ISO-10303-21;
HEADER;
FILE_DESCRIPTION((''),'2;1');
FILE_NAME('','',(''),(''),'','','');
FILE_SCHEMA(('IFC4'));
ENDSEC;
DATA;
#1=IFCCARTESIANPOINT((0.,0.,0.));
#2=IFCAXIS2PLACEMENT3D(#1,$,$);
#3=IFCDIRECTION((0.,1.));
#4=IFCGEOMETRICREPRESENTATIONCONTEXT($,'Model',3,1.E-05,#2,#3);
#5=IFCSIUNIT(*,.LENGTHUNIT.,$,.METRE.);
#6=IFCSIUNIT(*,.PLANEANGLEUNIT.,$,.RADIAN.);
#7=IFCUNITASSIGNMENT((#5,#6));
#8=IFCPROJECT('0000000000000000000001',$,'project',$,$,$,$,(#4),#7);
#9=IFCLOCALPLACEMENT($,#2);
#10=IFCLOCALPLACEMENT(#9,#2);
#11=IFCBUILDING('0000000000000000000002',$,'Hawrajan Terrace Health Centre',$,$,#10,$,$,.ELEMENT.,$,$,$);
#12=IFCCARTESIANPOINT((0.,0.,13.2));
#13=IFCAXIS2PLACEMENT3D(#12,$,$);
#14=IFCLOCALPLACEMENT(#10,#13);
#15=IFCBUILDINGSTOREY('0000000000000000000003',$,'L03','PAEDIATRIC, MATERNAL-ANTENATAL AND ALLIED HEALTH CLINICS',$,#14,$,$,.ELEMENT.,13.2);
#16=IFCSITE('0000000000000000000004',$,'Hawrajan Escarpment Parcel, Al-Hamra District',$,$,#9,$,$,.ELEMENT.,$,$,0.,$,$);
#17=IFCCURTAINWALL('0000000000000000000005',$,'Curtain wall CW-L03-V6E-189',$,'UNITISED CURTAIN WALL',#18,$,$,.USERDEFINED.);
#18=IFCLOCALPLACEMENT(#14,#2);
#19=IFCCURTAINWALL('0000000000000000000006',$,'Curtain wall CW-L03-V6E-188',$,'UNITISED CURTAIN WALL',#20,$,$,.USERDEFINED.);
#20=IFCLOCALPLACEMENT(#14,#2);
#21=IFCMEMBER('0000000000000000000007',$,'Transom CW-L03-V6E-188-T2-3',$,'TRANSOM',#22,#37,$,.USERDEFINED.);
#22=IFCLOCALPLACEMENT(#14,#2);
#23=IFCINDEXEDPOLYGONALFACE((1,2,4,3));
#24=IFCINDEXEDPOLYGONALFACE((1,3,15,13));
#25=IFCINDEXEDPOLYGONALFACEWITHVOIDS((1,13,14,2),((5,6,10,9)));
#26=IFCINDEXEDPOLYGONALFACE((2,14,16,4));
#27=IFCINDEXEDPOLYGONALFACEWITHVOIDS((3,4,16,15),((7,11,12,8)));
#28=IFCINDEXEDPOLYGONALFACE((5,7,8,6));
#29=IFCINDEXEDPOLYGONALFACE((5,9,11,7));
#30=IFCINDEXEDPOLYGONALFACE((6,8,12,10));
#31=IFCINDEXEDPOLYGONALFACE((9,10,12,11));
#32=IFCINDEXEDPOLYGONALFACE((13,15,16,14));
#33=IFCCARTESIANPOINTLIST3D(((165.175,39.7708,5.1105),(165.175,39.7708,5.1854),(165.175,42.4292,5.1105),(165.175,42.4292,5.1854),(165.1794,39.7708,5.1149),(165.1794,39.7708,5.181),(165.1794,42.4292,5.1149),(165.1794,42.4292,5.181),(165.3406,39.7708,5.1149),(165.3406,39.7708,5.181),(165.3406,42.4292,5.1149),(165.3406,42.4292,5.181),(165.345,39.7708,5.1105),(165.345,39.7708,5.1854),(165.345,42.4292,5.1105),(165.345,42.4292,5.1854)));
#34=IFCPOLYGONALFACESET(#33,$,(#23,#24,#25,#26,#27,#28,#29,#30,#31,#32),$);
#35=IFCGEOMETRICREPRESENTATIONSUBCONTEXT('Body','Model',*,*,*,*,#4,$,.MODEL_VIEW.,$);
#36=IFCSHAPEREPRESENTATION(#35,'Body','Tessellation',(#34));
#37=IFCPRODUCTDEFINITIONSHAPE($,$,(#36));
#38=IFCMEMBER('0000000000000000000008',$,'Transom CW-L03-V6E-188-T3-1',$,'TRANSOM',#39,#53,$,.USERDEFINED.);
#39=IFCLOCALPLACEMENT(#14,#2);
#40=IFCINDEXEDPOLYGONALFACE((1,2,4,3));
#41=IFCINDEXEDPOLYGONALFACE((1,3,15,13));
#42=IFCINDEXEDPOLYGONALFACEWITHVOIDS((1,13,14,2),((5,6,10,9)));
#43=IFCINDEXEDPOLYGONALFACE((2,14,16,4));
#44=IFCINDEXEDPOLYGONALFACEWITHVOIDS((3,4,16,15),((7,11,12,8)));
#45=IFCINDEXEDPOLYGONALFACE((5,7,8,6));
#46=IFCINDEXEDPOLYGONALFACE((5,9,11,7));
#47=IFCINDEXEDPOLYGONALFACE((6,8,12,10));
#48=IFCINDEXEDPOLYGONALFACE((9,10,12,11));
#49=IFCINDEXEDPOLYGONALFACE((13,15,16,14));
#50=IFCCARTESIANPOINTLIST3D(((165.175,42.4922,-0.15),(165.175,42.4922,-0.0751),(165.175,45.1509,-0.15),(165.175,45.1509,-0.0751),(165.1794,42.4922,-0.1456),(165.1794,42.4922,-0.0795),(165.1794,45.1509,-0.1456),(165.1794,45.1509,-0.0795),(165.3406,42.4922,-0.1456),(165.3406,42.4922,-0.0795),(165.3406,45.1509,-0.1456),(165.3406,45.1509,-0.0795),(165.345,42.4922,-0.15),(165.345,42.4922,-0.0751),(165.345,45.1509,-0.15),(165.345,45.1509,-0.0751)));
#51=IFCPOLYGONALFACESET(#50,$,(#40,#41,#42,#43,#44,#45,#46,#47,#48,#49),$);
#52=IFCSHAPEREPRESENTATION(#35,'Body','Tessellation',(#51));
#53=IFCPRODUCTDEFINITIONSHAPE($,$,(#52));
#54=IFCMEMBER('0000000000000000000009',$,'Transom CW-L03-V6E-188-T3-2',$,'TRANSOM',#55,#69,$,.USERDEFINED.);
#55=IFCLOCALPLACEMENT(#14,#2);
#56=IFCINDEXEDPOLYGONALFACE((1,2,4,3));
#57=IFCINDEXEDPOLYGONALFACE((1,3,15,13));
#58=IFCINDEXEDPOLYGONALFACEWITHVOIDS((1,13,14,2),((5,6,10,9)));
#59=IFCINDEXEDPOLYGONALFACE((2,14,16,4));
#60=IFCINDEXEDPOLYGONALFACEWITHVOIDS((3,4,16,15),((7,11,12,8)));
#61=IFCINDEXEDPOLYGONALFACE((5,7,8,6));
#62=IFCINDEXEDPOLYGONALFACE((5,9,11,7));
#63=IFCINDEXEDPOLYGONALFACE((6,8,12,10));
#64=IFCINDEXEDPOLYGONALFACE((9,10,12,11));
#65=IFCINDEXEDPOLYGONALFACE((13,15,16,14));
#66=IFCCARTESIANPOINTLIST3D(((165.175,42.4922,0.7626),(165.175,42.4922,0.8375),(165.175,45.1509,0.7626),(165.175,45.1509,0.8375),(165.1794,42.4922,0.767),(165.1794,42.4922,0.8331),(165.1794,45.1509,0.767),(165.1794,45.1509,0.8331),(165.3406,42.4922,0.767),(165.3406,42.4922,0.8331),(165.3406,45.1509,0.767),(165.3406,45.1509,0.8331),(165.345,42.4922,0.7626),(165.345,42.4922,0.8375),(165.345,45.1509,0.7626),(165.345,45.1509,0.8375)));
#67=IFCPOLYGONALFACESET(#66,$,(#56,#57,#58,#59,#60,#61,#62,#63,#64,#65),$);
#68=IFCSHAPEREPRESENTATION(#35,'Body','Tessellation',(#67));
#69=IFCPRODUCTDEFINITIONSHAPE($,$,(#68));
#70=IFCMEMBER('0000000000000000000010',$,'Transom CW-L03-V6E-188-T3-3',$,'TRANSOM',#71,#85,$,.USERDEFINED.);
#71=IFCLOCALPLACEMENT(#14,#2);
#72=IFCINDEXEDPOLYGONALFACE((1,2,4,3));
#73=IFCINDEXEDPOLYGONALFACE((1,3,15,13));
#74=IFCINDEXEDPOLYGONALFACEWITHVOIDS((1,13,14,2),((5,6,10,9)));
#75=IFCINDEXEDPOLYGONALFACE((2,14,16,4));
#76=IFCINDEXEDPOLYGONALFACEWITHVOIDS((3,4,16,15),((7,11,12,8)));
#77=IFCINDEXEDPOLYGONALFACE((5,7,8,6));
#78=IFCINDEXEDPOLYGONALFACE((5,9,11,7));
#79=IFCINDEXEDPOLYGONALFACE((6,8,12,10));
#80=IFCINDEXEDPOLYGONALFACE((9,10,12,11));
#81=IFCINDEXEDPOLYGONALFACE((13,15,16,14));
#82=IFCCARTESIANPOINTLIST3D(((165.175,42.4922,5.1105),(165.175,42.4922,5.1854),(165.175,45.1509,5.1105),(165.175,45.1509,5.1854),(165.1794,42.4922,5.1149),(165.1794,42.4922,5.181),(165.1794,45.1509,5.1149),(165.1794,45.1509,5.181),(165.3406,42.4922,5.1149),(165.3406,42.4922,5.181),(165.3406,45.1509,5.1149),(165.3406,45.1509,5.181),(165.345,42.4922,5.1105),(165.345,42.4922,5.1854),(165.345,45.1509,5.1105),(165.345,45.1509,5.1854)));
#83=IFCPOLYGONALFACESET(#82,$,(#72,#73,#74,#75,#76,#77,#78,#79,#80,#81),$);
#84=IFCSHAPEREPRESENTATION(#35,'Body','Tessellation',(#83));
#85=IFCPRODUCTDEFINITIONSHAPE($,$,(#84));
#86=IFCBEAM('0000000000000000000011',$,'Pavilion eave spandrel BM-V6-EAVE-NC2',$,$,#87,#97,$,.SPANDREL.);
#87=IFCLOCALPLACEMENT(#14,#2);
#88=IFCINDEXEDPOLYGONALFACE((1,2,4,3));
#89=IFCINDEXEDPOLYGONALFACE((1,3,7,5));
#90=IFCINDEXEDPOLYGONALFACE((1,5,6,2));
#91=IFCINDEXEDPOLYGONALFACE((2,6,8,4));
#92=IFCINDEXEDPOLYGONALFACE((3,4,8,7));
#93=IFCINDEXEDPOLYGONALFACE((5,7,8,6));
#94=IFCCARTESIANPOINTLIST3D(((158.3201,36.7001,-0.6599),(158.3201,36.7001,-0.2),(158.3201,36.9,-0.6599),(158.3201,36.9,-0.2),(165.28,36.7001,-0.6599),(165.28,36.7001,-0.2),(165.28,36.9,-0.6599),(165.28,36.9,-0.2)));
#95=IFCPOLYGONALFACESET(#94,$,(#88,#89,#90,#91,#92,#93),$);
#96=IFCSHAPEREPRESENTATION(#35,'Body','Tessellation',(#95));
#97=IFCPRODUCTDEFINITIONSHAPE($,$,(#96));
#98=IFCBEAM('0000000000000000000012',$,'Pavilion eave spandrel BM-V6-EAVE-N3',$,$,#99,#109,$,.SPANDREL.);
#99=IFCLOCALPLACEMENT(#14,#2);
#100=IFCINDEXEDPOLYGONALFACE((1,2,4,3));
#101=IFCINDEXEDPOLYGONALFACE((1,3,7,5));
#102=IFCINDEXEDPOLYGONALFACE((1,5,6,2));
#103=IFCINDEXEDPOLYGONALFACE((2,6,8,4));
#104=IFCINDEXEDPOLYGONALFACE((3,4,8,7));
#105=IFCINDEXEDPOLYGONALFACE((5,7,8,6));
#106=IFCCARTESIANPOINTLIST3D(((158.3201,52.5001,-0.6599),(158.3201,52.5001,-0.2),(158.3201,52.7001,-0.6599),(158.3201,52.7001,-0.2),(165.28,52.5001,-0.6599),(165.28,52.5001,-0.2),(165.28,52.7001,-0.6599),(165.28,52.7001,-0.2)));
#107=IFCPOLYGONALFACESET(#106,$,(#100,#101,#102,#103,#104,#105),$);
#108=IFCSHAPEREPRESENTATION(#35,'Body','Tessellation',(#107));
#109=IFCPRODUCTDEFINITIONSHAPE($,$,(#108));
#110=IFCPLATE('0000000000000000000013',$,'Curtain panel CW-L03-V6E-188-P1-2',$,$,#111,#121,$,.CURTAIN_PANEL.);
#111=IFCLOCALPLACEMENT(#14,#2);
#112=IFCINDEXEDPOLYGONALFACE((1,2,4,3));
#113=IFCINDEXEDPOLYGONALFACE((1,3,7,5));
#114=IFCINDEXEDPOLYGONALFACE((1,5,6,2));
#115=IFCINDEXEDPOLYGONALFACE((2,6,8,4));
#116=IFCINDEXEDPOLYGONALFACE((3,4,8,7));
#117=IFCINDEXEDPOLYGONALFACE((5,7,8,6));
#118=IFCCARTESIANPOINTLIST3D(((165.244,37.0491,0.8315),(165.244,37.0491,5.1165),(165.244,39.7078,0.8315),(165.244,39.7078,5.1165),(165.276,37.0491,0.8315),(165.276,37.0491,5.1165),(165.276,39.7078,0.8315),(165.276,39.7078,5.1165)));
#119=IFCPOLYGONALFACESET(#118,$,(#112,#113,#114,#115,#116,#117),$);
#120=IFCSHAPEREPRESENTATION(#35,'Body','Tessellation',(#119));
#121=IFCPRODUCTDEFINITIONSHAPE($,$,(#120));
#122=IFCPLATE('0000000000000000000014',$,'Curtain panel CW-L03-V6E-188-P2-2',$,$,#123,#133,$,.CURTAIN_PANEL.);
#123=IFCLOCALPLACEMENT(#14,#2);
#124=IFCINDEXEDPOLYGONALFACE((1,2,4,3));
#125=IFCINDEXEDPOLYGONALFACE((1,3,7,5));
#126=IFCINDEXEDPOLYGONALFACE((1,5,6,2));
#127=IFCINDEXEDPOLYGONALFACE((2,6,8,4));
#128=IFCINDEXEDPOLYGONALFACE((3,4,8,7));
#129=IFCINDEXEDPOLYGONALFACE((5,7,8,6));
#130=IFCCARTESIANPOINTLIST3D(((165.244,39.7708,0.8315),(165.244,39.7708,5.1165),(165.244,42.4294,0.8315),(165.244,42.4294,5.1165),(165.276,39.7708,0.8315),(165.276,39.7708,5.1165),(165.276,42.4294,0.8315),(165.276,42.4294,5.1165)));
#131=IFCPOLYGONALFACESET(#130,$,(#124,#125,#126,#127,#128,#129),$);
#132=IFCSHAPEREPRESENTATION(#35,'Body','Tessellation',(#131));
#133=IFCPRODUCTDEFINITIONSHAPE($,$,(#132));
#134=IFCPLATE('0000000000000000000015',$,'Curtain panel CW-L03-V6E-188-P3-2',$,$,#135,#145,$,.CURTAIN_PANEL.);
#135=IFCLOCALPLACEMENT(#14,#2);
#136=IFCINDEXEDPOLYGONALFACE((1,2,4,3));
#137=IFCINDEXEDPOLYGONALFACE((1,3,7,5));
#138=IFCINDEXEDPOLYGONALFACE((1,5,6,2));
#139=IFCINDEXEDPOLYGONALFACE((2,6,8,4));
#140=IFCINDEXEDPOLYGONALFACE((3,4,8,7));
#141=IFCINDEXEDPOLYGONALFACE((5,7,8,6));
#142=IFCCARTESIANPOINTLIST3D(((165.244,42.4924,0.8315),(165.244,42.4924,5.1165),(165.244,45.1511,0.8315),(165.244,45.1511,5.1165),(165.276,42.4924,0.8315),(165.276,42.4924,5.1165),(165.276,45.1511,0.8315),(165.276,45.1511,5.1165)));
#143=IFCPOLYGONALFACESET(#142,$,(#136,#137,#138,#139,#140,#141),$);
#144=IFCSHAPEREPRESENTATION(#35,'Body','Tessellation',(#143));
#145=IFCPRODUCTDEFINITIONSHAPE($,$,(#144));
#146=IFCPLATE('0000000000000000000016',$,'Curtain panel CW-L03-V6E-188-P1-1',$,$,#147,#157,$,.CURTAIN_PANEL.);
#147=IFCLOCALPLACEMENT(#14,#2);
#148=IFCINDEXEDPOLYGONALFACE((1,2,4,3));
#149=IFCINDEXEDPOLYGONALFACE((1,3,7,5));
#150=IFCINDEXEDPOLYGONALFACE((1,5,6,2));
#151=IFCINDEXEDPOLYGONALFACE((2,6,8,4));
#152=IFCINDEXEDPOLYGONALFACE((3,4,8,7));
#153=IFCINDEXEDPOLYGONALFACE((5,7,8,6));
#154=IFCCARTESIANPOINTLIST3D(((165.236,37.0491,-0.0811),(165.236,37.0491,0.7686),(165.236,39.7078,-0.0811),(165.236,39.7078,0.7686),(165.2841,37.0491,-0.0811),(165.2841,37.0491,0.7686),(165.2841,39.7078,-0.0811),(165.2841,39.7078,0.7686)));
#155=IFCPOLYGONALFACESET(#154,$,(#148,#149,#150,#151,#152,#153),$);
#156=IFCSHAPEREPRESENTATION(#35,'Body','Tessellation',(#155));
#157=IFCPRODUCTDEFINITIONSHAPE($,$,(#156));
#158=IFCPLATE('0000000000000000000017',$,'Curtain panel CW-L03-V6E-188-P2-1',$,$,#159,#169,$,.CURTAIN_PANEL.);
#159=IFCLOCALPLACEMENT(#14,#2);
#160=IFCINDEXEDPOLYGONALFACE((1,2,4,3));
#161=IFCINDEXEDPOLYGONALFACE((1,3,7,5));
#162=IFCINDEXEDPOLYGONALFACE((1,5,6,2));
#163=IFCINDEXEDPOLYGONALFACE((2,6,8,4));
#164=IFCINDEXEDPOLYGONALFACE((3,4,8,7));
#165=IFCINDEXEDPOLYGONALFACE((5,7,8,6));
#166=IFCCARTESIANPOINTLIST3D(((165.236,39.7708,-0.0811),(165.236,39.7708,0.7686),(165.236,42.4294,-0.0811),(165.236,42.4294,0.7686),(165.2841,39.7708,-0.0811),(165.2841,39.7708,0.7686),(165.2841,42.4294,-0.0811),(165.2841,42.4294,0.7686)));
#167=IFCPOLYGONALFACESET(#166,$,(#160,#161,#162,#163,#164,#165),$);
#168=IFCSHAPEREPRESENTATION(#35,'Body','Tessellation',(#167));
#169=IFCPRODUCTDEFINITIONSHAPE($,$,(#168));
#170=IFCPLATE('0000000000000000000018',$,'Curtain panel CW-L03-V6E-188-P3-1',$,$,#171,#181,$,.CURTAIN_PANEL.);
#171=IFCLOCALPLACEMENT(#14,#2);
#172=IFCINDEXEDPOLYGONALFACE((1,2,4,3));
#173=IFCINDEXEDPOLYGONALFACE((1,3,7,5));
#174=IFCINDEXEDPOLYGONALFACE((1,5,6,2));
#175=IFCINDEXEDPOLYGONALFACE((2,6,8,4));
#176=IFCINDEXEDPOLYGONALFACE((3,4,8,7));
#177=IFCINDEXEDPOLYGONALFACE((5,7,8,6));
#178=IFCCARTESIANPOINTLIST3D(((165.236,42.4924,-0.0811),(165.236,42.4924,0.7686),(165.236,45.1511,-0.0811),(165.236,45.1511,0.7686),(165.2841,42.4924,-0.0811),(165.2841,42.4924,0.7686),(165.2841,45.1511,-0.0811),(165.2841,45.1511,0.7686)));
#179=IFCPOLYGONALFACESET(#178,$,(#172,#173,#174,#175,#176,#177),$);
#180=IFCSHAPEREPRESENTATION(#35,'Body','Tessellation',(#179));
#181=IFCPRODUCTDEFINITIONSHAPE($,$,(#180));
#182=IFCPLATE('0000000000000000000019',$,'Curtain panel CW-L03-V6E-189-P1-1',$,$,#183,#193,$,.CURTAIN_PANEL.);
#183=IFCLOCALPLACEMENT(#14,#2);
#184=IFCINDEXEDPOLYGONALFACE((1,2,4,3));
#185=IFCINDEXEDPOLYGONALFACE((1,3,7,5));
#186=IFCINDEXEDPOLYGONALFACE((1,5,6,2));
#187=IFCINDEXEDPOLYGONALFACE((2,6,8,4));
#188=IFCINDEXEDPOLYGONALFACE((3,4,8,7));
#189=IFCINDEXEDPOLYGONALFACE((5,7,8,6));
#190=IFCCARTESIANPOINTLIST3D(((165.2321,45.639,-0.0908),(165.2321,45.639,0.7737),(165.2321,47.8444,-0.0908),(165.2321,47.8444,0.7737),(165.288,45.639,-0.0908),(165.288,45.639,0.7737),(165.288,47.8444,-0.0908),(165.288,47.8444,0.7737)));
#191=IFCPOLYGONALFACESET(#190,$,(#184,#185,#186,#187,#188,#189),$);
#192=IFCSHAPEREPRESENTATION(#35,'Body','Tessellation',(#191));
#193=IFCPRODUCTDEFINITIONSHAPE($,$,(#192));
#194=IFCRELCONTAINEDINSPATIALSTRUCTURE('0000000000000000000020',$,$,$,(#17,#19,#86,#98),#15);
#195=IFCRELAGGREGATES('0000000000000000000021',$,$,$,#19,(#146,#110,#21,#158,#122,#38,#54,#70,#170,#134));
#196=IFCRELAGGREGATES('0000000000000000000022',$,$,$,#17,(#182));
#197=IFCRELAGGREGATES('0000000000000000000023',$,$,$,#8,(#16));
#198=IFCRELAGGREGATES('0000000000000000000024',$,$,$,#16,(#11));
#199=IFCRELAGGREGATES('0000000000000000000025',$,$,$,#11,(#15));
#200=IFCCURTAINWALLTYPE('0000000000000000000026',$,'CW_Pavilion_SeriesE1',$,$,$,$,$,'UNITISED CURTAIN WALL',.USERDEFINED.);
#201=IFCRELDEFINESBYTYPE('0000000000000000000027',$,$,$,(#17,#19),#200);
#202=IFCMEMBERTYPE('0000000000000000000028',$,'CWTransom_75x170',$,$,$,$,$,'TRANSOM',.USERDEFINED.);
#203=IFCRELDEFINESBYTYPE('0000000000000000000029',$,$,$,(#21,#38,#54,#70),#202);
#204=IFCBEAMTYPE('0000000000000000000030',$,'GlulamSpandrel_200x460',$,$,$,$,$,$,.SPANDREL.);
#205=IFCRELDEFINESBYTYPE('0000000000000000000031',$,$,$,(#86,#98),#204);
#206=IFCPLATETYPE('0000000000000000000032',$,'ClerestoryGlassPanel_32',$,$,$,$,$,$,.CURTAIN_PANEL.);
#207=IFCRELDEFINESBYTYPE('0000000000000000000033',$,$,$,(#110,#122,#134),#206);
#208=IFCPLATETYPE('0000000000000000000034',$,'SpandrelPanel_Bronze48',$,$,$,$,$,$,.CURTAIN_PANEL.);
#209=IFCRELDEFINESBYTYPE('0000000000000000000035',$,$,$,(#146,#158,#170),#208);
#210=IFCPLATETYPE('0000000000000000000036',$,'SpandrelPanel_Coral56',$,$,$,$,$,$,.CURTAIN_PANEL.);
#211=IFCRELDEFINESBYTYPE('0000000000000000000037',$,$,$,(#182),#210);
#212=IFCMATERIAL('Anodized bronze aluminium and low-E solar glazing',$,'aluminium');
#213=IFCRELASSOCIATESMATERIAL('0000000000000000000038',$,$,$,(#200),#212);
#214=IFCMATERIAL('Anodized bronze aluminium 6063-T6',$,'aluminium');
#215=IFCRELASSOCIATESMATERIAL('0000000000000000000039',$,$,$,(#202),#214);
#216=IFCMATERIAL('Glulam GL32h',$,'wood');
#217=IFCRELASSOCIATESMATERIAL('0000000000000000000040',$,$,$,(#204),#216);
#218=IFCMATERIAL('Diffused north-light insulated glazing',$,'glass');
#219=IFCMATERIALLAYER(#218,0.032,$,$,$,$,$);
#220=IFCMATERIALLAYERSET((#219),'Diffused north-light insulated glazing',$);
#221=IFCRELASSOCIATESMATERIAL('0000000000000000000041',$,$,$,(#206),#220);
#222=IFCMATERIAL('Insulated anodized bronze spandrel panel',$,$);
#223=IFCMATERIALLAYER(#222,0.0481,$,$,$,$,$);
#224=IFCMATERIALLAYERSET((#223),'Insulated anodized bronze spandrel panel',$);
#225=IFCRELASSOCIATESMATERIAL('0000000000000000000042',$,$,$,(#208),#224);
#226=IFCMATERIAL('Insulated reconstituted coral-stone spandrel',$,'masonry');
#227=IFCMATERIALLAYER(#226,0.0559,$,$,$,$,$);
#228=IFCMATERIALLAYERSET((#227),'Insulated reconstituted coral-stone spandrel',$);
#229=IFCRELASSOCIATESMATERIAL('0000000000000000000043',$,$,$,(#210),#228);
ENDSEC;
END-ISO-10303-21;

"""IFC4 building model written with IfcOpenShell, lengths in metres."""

from ifc_helpers import new_model, si_unit, direction, frame, origin, origin_2d, place, context, subcontext, project, spatial, rectangle, hollow_rectangle, extrude, material, layer, layer_set, material_profile, profile_set, type_object, element, aggregate, save


model = new_model("IFC4")

# Units and contexts
model_context = context("Model", 3, precision=1e-05, world=origin(), true_north=direction((0.0, 1.0)))
body_context = subcontext(model_context, "Body", "Model", "MODEL_VIEW")
ifc_project = project(units=[si_unit("LENGTHUNIT", "METRE"), si_unit("PLANEANGLEUNIT", "RADIAN")], contexts=[model_context])

# Site, building, storey
site_placement = place(None, origin())
site = spatial("IfcSite", under=ifc_project, at=site_placement, Name="Hawrajan Escarpment Parcel, Al-Hamra District", CompositionType="ELEMENT", RefElevation=0.0)
building_placement = place(site_placement, origin())
building = spatial("IfcBuilding", under=site, at=building_placement, Name="Hawrajan Terrace Health Centre", CompositionType="ELEMENT")
storey_placement = place(building_placement, frame((0.0, 0.0, 13.2)))
storey = spatial("IfcBuildingStorey", under=building, at=storey_placement, Name="L03", Description="PAEDIATRIC, MATERNAL-ANTENATAL AND ALLIED HEALTH CLINICS", CompositionType="ELEMENT", Elevation=13.2)

# Curtain walls
ifc_material_1 = material(Name="Anodized bronze aluminium and low-E solar glazing", Category="aluminium")
curtain_wall_type = type_object("IfcCurtainWallType", Name="CW_Pavilion_SeriesE1", ElementType="UNITISED CURTAIN WALL", PredefinedType="USERDEFINED", material=ifc_material_1)
curtain_wall_1_placement = place(storey_placement, origin())
curtain_wall_1 = element("IfcCurtainWall", 1, at=curtain_wall_1_placement, inside=storey, type_object=curtain_wall_type, Name="Curtain wall CW-L03-V6E-189", ObjectType="UNITISED CURTAIN WALL", PredefinedType="USERDEFINED")
ifc_material_2 = material(Name="Anodized bronze aluminium 6063-T6", Category="aluminium")
curtain_wall_2_placement = place(storey_placement, origin())
curtain_wall_2 = element("IfcCurtainWall", 2, at=curtain_wall_2_placement, inside=storey, type_object=curtain_wall_type, Name="Curtain wall CW-L03-V6E-188", ObjectType="UNITISED CURTAIN WALL", PredefinedType="USERDEFINED")

# Members
ifc_material_profile_1 = material_profile(ifc_material_2, hollow_rectangle(XDim=0.075, YDim=0.1699, WallThickness=0.0044, at=origin_2d()), Name="CW TRN 75x170")
ifc_profile_set_1 = profile_set([ifc_material_profile_1], Name="Anodized bronze aluminium 6063-T6")
member_type_1 = type_object("IfcMemberType", Name="CWTransom_75x170", ElementType="TRANSOM", PredefinedType="USERDEFINED", material=ifc_profile_set_1)
member_1_placement = place(storey_placement, frame((165.26, 39.7708, 5.1479), z_axis=(0.0, 1.0, 0.0), x_axis=(0.0, 0.0, 1.0)))
member_1 = element("IfcMember", 3, at=member_1_placement, type_object=member_type_1, Name="Transom CW-L03-V6E-188-T2-3", ObjectType="TRANSOM", PredefinedType="USERDEFINED", context=body_context, shape_type="SweptSolid", body=[
    extrude(hollow_rectangle(XDim=0.075, YDim=0.1699, WallThickness=0.0044, at=origin_2d()), origin(), (0.0, 0.0, 1.0), 2.6584),
])
member_2_placement = place(storey_placement, frame((165.26, 42.4922, -0.1125), z_axis=(0.0, 1.0, 0.0), x_axis=(0.0, 0.0, 1.0)))
member_2 = element("IfcMember", 4, at=member_2_placement, type_object=member_type_1, Name="Transom CW-L03-V6E-188-T3-1", ObjectType="TRANSOM", PredefinedType="USERDEFINED", context=body_context, shape_type="SweptSolid", body=[
    extrude(hollow_rectangle(XDim=0.075, YDim=0.1699, WallThickness=0.0044, at=origin_2d()), origin(), (0.0, 0.0, 1.0), 2.6587),
])
member_3_placement = place(storey_placement, frame((165.26, 42.4922, 0.8), z_axis=(0.0, 1.0, 0.0), x_axis=(0.0, 0.0, 1.0)))
member_3 = element("IfcMember", 5, at=member_3_placement, type_object=member_type_1, Name="Transom CW-L03-V6E-188-T3-2", ObjectType="TRANSOM", PredefinedType="USERDEFINED", context=body_context, shape_type="SweptSolid", body=[
    extrude(hollow_rectangle(XDim=0.075, YDim=0.1699, WallThickness=0.0044, at=origin_2d()), origin(), (0.0, 0.0, 1.0), 2.6587),
])
member_4_placement = place(storey_placement, frame((165.26, 42.4922, 5.1479), z_axis=(0.0, 1.0, 0.0), x_axis=(0.0, 0.0, 1.0)))
member_4 = element("IfcMember", 6, at=member_4_placement, type_object=member_type_1, Name="Transom CW-L03-V6E-188-T3-3", ObjectType="TRANSOM", PredefinedType="USERDEFINED", context=body_context, shape_type="SweptSolid", body=[
    extrude(hollow_rectangle(XDim=0.075, YDim=0.1699, WallThickness=0.0044, at=origin_2d()), origin(), (0.0, 0.0, 1.0), 2.6587),
])

# Beams
ifc_material_3 = material(Name="Glulam GL32h", Category="wood")
ifc_material_profile_2 = material_profile(ifc_material_3, rectangle(XDim=0.2, YDim=0.46, at=origin_2d()), Name="GL SP 200x460")
ifc_profile_set_2 = profile_set([ifc_material_profile_2], Name="Glulam GL32h")
beam_type = type_object("IfcBeamType", Name="GlulamSpandrel_200x460", PredefinedType="SPANDREL", material=ifc_profile_set_2)
for number, where, z_axis, x_axis, name in (
    (7, (158.3201, 36.8, -0.4299), (1.0, 0.0, 0.0), (0.0, 1.0, 0.0), "Pavilion eave spandrel BM-V6-EAVE-NC2"),
    (8, (158.3201, 52.6001, -0.4299), (1.0, 0.0, 0.0), (0.0, 1.0, 0.0), "Pavilion eave spandrel BM-V6-EAVE-N3"),
):
    element("IfcBeam", number, at=place(storey_placement, frame(where, z_axis=z_axis, x_axis=x_axis)), inside=storey, type_object=beam_type, Name=name, PredefinedType="SPANDREL", context=body_context, shape_type="SweptSolid", body=[
        extrude(rectangle(XDim=0.2, YDim=0.46, at=origin_2d()), origin(), (0.0, 0.0, 1.0), 6.96),
    ])

# Plates
ifc_material_4 = material(Name="Diffused north-light insulated glazing", Category="glass")
ifc_layer_1 = layer(ifc_material_4, 0.032)
ifc_layer_set_1 = layer_set([ifc_layer_1], Name="Diffused north-light insulated glazing")
plate_type_1 = type_object("IfcPlateType", Name="ClerestoryGlassPanel_32", PredefinedType="CURTAIN_PANEL", material=ifc_layer_set_1)
plate_1_placement = place(storey_placement, frame((165.26, 38.3784, 0.8315), z_axis=(0.0, 0.0, 1.0), x_axis=(0.0, 1.0, 0.0)))
plate_1 = element("IfcPlate", 9, at=plate_1_placement, type_object=plate_type_1, Name="Curtain panel CW-L03-V6E-188-P1-2", PredefinedType="CURTAIN_PANEL", context=body_context, shape_type="SweptSolid", body=[
    extrude(rectangle(XDim=2.6587, YDim=0.032, at=origin_2d()), origin(), (0.0, 0.0, 1.0), 4.2849),
])
plate_2_placement = place(storey_placement, frame((165.26, 41.1001, 0.8315), z_axis=(0.0, 0.0, 1.0), x_axis=(0.0, 1.0, 0.0)))
plate_2 = element("IfcPlate", 10, at=plate_2_placement, type_object=plate_type_1, Name="Curtain panel CW-L03-V6E-188-P2-2", PredefinedType="CURTAIN_PANEL", context=body_context, shape_type="SweptSolid", body=[
    extrude(rectangle(XDim=2.6587, YDim=0.032, at=origin_2d()), origin(), (0.0, 0.0, 1.0), 4.2849),
])
plate_3_placement = place(storey_placement, frame((165.26, 43.8218, 0.8315), z_axis=(0.0, 0.0, 1.0), x_axis=(0.0, 1.0, 0.0)))
plate_3 = element("IfcPlate", 11, at=plate_3_placement, type_object=plate_type_1, Name="Curtain panel CW-L03-V6E-188-P3-2", PredefinedType="CURTAIN_PANEL", context=body_context, shape_type="SweptSolid", body=[
    extrude(rectangle(XDim=2.6587, YDim=0.032, at=origin_2d()), origin(), (0.0, 0.0, 1.0), 4.2849),
])
ifc_material_5 = material(Name="Insulated anodized bronze spandrel panel")
ifc_layer_2 = layer(ifc_material_5, 0.0481)
ifc_layer_set_2 = layer_set([ifc_layer_2], Name="Insulated anodized bronze spandrel panel")
plate_type_2 = type_object("IfcPlateType", Name="SpandrelPanel_Bronze48", PredefinedType="CURTAIN_PANEL", material=ifc_layer_set_2)
plate_4_placement = place(storey_placement, frame((165.26, 38.3784, -0.0811), z_axis=(0.0, 0.0, 1.0), x_axis=(0.0, 1.0, 0.0)))
plate_4 = element("IfcPlate", 12, at=plate_4_placement, type_object=plate_type_2, Name="Curtain panel CW-L03-V6E-188-P1-1", PredefinedType="CURTAIN_PANEL", context=body_context, shape_type="SweptSolid", body=[
    extrude(rectangle(XDim=2.6587, YDim=0.0481, at=origin_2d()), origin(), (0.0, 0.0, 1.0), 0.8496),
])
plate_5_placement = place(storey_placement, frame((165.26, 41.1001, -0.0811), z_axis=(0.0, 0.0, 1.0), x_axis=(0.0, 1.0, 0.0)))
plate_5 = element("IfcPlate", 13, at=plate_5_placement, type_object=plate_type_2, Name="Curtain panel CW-L03-V6E-188-P2-1", PredefinedType="CURTAIN_PANEL", context=body_context, shape_type="SweptSolid", body=[
    extrude(rectangle(XDim=2.6587, YDim=0.0481, at=origin_2d()), origin(), (0.0, 0.0, 1.0), 0.8496),
])
plate_6_placement = place(storey_placement, frame((165.26, 43.8218, -0.0811), z_axis=(0.0, 0.0, 1.0), x_axis=(0.0, 1.0, 0.0)))
plate_6 = element("IfcPlate", 14, at=plate_6_placement, type_object=plate_type_2, Name="Curtain panel CW-L03-V6E-188-P3-1", PredefinedType="CURTAIN_PANEL", context=body_context, shape_type="SweptSolid", body=[
    extrude(rectangle(XDim=2.6587, YDim=0.0481, at=origin_2d()), origin(), (0.0, 0.0, 1.0), 0.8496),
])
aggregate(curtain_wall_2, [plate_4, plate_1, member_1, plate_5, plate_2, member_2, member_3, member_4, plate_6, plate_3])
ifc_material_6 = material(Name="Insulated reconstituted coral-stone spandrel", Category="masonry")
ifc_layer_3 = layer(ifc_material_6, 0.0559)
ifc_layer_set_3 = layer_set([ifc_layer_3], Name="Insulated reconstituted coral-stone spandrel")
plate_type_3 = type_object("IfcPlateType", Name="SpandrelPanel_Coral56", PredefinedType="CURTAIN_PANEL", material=ifc_layer_set_3)
plate_7_placement = place(storey_placement, frame((165.26, 46.7417, -0.0908), z_axis=(0.0, 0.0, 1.0), x_axis=(0.0, 1.0, 0.0)))
plate_7 = element("IfcPlate", 15, at=plate_7_placement, type_object=plate_type_3, Name="Curtain panel CW-L03-V6E-189-P1-1", PredefinedType="CURTAIN_PANEL", context=body_context, shape_type="SweptSolid", body=[
    extrude(rectangle(XDim=2.2053, YDim=0.0559, at=origin_2d()), origin(), (0.0, 0.0, 1.0), 0.8645),
])
aggregate(curtain_wall_1, [plate_7])

save(model, "model.ifc")
